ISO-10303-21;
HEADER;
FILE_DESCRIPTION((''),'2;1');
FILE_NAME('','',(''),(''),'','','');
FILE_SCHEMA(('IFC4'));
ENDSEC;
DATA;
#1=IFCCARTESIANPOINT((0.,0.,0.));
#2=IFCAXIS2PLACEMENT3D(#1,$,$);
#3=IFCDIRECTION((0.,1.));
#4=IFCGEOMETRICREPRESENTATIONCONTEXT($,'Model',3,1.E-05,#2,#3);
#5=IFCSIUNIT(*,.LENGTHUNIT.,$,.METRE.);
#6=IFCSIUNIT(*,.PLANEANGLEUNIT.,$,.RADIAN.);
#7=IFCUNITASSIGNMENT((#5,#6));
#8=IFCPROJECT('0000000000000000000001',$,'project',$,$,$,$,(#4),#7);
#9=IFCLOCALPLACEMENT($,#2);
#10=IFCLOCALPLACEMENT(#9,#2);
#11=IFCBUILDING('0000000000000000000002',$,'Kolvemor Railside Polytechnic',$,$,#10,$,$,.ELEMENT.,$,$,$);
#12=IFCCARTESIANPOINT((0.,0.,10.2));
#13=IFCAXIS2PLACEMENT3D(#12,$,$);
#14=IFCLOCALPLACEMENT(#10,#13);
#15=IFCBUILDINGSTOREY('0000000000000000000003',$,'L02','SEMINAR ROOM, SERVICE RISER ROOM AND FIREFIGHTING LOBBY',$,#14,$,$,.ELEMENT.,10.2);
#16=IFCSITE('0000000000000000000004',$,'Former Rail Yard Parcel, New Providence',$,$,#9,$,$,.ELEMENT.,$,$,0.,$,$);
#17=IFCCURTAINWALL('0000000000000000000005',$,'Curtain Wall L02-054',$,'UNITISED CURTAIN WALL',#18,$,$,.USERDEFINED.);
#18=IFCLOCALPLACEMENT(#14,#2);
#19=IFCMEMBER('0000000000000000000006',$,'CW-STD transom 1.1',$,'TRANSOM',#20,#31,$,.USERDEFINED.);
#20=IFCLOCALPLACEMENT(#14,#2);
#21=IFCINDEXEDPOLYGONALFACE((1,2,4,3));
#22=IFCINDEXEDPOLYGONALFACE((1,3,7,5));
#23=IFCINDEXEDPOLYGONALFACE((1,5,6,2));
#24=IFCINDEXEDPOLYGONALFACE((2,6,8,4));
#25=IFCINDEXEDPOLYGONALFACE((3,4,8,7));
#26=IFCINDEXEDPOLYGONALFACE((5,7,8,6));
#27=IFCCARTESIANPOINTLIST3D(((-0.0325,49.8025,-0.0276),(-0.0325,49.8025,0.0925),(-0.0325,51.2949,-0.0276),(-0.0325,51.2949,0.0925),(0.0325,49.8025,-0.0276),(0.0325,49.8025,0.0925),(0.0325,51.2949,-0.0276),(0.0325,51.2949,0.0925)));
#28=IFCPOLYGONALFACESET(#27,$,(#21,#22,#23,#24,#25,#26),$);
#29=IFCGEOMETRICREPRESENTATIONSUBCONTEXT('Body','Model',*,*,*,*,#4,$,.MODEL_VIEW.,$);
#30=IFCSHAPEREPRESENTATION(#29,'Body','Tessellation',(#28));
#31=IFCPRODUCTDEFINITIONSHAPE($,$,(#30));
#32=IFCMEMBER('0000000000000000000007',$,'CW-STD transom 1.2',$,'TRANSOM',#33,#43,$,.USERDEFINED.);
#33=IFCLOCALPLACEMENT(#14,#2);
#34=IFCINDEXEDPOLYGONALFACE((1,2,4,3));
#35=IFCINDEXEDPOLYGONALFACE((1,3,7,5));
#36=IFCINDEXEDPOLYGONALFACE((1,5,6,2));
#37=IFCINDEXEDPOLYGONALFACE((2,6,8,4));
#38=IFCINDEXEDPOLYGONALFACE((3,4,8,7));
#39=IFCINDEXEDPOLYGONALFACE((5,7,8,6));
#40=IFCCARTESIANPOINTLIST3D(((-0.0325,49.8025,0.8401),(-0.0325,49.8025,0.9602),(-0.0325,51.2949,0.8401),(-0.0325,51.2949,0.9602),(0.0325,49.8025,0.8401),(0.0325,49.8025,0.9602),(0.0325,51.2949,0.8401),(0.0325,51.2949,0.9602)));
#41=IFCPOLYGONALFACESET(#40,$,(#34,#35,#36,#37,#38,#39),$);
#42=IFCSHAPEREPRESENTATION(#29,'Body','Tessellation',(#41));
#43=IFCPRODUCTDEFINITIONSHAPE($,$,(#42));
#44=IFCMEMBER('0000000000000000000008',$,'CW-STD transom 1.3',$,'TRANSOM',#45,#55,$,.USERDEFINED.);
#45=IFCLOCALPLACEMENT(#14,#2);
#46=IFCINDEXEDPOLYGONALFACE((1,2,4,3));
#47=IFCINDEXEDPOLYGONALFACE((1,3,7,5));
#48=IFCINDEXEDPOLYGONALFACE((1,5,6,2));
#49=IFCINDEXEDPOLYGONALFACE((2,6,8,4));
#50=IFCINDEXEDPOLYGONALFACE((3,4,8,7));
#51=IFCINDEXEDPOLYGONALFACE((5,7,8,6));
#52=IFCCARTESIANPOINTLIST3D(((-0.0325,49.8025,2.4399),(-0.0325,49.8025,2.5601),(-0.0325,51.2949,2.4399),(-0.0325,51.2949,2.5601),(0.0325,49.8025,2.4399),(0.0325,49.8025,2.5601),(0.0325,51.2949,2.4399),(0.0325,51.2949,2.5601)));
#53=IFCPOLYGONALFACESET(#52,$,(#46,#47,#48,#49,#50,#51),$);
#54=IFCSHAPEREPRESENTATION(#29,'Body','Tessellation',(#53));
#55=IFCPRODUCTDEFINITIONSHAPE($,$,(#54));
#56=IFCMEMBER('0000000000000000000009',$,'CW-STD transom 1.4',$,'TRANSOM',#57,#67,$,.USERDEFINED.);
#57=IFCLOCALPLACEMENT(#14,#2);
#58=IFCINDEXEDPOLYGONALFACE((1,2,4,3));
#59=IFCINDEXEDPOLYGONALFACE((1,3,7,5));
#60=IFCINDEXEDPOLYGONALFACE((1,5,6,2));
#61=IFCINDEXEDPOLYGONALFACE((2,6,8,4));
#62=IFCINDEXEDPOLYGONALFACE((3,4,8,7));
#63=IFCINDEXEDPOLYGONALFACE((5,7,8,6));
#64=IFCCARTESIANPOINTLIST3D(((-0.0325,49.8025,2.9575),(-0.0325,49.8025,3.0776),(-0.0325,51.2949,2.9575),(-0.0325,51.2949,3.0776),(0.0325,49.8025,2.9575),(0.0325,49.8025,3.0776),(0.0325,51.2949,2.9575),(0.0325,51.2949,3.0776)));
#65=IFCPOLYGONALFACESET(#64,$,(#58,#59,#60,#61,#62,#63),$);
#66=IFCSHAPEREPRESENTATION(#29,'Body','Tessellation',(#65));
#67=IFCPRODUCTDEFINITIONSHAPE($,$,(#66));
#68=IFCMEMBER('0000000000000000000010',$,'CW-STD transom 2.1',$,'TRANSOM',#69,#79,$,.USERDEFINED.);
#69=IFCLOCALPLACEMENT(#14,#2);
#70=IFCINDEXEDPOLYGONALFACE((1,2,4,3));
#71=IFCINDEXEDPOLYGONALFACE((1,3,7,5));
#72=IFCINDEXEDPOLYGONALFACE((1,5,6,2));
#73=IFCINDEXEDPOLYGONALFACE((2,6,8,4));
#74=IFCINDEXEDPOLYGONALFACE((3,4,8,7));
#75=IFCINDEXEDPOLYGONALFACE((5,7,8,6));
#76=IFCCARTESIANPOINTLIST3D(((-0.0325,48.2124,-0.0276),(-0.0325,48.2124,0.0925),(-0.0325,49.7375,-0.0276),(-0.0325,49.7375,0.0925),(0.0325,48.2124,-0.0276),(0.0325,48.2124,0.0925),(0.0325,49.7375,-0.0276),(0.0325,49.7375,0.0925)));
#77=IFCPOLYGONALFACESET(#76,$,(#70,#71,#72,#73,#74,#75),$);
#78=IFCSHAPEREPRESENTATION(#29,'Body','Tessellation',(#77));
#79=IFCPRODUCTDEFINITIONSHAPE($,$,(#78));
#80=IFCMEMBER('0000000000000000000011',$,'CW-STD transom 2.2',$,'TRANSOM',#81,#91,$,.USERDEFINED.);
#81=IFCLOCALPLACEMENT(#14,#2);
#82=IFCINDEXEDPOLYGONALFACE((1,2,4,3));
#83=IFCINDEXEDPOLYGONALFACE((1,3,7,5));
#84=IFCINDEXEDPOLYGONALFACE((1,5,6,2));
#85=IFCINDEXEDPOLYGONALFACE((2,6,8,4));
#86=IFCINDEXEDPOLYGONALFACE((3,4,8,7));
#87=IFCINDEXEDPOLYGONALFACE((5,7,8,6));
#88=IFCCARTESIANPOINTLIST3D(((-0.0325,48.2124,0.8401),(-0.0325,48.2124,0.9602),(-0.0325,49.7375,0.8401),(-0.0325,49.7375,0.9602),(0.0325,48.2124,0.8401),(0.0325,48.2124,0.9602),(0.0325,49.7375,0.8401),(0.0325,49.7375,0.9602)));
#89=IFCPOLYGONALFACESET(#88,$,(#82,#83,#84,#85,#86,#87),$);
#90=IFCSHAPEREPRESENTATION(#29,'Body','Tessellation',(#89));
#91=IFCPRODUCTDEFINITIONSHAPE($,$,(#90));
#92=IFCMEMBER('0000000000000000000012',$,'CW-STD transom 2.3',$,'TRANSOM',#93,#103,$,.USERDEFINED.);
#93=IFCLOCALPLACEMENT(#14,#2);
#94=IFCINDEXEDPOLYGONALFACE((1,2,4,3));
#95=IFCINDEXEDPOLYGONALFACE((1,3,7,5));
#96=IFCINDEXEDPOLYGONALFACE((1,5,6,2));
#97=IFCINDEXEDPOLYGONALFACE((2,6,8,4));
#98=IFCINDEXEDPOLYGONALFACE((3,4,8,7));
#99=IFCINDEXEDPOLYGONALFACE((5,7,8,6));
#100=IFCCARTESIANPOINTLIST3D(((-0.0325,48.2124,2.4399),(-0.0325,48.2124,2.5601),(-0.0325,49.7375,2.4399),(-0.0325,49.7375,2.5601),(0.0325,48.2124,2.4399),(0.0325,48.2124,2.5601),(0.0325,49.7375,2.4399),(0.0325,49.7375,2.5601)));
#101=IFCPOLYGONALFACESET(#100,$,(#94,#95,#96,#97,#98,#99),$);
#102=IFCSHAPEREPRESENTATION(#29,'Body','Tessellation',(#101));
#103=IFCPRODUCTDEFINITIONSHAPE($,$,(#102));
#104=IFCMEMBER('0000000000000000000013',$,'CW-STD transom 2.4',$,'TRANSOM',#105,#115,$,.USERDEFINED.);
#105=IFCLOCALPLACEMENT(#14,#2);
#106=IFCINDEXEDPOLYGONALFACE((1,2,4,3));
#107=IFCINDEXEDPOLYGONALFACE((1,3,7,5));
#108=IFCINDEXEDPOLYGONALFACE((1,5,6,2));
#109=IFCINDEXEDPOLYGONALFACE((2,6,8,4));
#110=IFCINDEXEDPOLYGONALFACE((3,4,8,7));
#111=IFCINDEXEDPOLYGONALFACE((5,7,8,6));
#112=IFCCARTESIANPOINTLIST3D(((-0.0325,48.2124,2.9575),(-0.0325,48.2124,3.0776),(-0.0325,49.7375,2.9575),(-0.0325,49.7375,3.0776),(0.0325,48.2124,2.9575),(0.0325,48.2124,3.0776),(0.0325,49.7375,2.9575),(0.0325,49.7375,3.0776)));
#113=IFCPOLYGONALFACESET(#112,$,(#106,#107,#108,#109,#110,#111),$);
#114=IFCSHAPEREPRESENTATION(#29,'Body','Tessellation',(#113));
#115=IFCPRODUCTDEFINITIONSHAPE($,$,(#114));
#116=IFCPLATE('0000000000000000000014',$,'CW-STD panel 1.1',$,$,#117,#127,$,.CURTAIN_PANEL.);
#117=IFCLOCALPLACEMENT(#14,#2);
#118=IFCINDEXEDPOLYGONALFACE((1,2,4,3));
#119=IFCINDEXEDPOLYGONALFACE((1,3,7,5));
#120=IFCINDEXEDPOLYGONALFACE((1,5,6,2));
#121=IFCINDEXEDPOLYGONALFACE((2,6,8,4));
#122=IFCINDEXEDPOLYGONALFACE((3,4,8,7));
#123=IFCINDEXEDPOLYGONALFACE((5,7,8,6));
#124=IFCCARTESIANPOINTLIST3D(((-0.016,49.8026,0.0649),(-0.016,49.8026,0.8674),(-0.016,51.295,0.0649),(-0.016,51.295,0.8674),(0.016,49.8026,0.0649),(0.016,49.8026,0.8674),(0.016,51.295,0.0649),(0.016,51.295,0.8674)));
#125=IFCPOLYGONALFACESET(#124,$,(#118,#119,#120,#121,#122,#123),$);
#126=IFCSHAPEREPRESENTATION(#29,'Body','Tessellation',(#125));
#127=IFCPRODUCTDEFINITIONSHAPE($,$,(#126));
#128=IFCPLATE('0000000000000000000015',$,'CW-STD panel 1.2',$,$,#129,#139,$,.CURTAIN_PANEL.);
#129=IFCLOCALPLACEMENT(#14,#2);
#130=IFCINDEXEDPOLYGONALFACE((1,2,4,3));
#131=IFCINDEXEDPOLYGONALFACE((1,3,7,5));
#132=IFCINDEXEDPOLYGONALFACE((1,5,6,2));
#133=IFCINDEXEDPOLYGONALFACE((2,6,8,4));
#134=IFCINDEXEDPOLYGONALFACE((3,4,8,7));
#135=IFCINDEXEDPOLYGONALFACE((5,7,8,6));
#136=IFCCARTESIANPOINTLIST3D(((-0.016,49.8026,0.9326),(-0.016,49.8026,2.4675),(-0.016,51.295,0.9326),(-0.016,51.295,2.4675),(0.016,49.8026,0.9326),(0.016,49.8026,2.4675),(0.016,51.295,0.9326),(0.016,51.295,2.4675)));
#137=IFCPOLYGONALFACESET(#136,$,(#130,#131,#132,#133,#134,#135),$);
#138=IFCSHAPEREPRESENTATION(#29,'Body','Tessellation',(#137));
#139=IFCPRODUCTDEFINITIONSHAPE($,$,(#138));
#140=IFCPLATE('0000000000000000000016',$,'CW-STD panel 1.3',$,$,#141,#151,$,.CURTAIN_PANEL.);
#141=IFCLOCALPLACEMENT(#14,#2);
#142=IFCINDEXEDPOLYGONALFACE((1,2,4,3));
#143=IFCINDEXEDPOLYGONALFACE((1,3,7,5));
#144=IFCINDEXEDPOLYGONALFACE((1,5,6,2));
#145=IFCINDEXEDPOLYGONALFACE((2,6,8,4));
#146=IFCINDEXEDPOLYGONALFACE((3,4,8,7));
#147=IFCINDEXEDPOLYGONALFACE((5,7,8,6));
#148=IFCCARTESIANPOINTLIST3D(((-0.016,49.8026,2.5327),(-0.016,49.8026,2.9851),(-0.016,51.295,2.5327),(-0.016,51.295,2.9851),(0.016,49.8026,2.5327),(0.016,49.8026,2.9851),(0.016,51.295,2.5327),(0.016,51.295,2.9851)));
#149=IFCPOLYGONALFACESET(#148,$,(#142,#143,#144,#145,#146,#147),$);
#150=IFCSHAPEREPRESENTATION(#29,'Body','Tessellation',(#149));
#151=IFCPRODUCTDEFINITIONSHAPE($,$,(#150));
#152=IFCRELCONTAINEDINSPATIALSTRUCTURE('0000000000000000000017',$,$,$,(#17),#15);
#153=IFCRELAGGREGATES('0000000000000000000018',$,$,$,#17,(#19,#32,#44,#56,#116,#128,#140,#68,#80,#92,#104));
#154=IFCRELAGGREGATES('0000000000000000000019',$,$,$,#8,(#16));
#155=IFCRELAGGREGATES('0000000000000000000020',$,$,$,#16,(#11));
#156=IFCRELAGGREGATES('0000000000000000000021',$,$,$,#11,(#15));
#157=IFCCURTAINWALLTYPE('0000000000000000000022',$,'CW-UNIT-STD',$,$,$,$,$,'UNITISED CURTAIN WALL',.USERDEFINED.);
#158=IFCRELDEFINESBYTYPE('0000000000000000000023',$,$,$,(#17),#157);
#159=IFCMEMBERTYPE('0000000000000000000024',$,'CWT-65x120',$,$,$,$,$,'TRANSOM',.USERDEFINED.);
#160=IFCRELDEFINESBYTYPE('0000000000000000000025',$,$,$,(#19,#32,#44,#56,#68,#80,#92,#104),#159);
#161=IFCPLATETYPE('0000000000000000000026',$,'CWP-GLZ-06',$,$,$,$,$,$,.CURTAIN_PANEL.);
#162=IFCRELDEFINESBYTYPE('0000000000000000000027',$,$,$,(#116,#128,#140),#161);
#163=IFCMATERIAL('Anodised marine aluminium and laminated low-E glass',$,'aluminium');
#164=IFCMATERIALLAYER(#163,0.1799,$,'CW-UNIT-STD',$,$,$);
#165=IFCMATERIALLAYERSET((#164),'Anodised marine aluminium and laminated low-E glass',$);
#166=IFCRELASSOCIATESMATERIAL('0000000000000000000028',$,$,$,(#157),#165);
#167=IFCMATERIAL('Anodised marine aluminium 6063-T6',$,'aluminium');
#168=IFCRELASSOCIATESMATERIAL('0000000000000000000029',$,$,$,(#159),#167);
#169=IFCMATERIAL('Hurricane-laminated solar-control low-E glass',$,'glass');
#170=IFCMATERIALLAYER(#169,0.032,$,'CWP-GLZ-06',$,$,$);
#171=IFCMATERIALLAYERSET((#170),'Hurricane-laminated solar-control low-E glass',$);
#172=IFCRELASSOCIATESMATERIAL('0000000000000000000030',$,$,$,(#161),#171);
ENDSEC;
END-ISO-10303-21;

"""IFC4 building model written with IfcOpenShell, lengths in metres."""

from ifc_helpers import new_model, si_unit, direction, frame, origin, origin_2d, place, context, subcontext, project, spatial, rectangle, extrude, material, layer, layer_set, material_profile, profile_set, type_object, element, aggregate, save


model = new_model("IFC4")

# Units and contexts
model_context = context("Model", 3, precision=1e-05, world=origin(), true_north=direction((0.0, 1.0)))
body_context = subcontext(model_context, "Body", "Model", "MODEL_VIEW")
ifc_project = project(units=[si_unit("LENGTHUNIT", "METRE"), si_unit("PLANEANGLEUNIT", "RADIAN")], contexts=[model_context])

# Site, building, storey
site_placement = place(None, origin())
site = spatial("IfcSite", under=ifc_project, at=site_placement, Name="Former Rail Yard Parcel, New Providence", CompositionType="ELEMENT", RefElevation=0.0)
building_placement = place(site_placement, origin())
building = spatial("IfcBuilding", under=site, at=building_placement, Name="Kolvemor Railside Polytechnic", CompositionType="ELEMENT")
storey_placement = place(building_placement, frame((0.0, 0.0, 10.2)))
storey = spatial("IfcBuildingStorey", under=building, at=storey_placement, Name="L02", Description="SEMINAR ROOM, SERVICE RISER ROOM AND FIREFIGHTING LOBBY", CompositionType="ELEMENT", Elevation=10.2)

# Curtain wall, members, plates
ifc_material_1 = material(Name="Anodised marine aluminium and laminated low-E glass", Category="aluminium")
ifc_layer_1 = layer(ifc_material_1, 0.1799, Name="CW-UNIT-STD")
ifc_layer_set_1 = layer_set([ifc_layer_1], Name="Anodised marine aluminium and laminated low-E glass")
curtain_wall_type = type_object("IfcCurtainWallType", Name="CW-UNIT-STD", ElementType="UNITISED CURTAIN WALL", PredefinedType="USERDEFINED", material=ifc_layer_set_1)
curtain_wall_placement = place(storey_placement, origin())
curtain_wall = element("IfcCurtainWall", 1, at=curtain_wall_placement, inside=storey, type_object=curtain_wall_type, Name="Curtain Wall L02-054", ObjectType="UNITISED CURTAIN WALL", PredefinedType="USERDEFINED")
ifc_material_2 = material(Name="Anodised marine aluminium 6063-T6", Category="aluminium")
ifc_material_profile_1 = material_profile(ifc_material_2, rectangle(XDim=0.0649, YDim=0.1201, at=origin_2d()), Name="CW-TRN-65x120")
ifc_profile_set_1 = profile_set([ifc_material_profile_1], Name="Anodised marine aluminium 6063-T6")
member_type_1 = type_object("IfcMemberType", Name="CWT-65x120", ElementType="TRANSOM", PredefinedType="USERDEFINED", material=ifc_profile_set_1)
member_1_placement = place(storey_placement, frame((0.0, 51.2949, 0.0325), z_axis=(0.0, -1.0, 0.0), x_axis=(1.0, 0.0, 0.0)))
member_1 = element("IfcMember", 2, at=member_1_placement, type_object=member_type_1, Name="CW-STD transom 1.1", ObjectType="TRANSOM", PredefinedType="USERDEFINED", context=body_context, shape_type="SweptSolid", body=[
    extrude(rectangle(XDim=0.0649, YDim=0.1201, at=origin_2d()), origin(), (0.0, 0.0, 1.0), 1.4924),
])
member_2_placement = place(storey_placement, frame((0.0, 51.2949, 0.9001), z_axis=(0.0, -1.0, 0.0), x_axis=(1.0, 0.0, 0.0)))
member_2 = element("IfcMember", 3, at=member_2_placement, type_object=member_type_1, Name="CW-STD transom 1.2", ObjectType="TRANSOM", PredefinedType="USERDEFINED", context=body_context, shape_type="SweptSolid", body=[
    extrude(rectangle(XDim=0.0649, YDim=0.1201, at=origin_2d()), origin(), (0.0, 0.0, 1.0), 1.4924),
])
member_3_placement = place(storey_placement, frame((0.0, 51.2949, 2.5), z_axis=(0.0, -1.0, 0.0), x_axis=(1.0, 0.0, 0.0)))
member_3 = element("IfcMember", 4, at=member_3_placement, type_object=member_type_1, Name="CW-STD transom 1.3", ObjectType="TRANSOM", PredefinedType="USERDEFINED", context=body_context, shape_type="SweptSolid", body=[
    extrude(rectangle(XDim=0.0649, YDim=0.1201, at=origin_2d()), origin(), (0.0, 0.0, 1.0), 1.4924),
])
member_4_placement = place(storey_placement, frame((0.0, 51.2949, 3.0176), z_axis=(0.0, -1.0, 0.0), x_axis=(1.0, 0.0, 0.0)))
member_4 = element("IfcMember", 5, at=member_4_placement, type_object=member_type_1, Name="CW-STD transom 1.4", ObjectType="TRANSOM", PredefinedType="USERDEFINED", context=body_context, shape_type="SweptSolid", body=[
    extrude(rectangle(XDim=0.0649, YDim=0.1201, at=origin_2d()), origin(), (0.0, 0.0, 1.0), 1.4924),
])
member_5_placement = place(storey_placement, frame((0.0, 49.7375, 0.0325), z_axis=(0.0, -1.0, 0.0), x_axis=(1.0, 0.0, 0.0)))
member_5 = element("IfcMember", 6, at=member_5_placement, type_object=member_type_1, Name="CW-STD transom 2.1", ObjectType="TRANSOM", PredefinedType="USERDEFINED", context=body_context, shape_type="SweptSolid", body=[
    extrude(rectangle(XDim=0.0649, YDim=0.1201, at=origin_2d()), origin(), (0.0, 0.0, 1.0), 1.5251),
])
member_6_placement = place(storey_placement, frame((0.0, 49.7375, 0.9001), z_axis=(0.0, -1.0, 0.0), x_axis=(1.0, 0.0, 0.0)))
member_6 = element("IfcMember", 7, at=member_6_placement, type_object=member_type_1, Name="CW-STD transom 2.2", ObjectType="TRANSOM", PredefinedType="USERDEFINED", context=body_context, shape_type="SweptSolid", body=[
    extrude(rectangle(XDim=0.0649, YDim=0.1201, at=origin_2d()), origin(), (0.0, 0.0, 1.0), 1.5251),
])
member_7_placement = place(storey_placement, frame((0.0, 49.7375, 2.5), z_axis=(0.0, -1.0, 0.0), x_axis=(1.0, 0.0, 0.0)))
member_7 = element("IfcMember", 8, at=member_7_placement, type_object=member_type_1, Name="CW-STD transom 2.3", ObjectType="TRANSOM", PredefinedType="USERDEFINED", context=body_context, shape_type="SweptSolid", body=[
    extrude(rectangle(XDim=0.0649, YDim=0.1201, at=origin_2d()), origin(), (0.0, 0.0, 1.0), 1.5251),
])
member_8_placement = place(storey_placement, frame((0.0, 49.7375, 3.0176), z_axis=(0.0, -1.0, 0.0), x_axis=(1.0, 0.0, 0.0)))
member_8 = element("IfcMember", 9, at=member_8_placement, type_object=member_type_1, Name="CW-STD transom 2.4", ObjectType="TRANSOM", PredefinedType="USERDEFINED", context=body_context, shape_type="SweptSolid", body=[
    extrude(rectangle(XDim=0.0649, YDim=0.1201, at=origin_2d()), origin(), (0.0, 0.0, 1.0), 1.5251),
])
ifc_material_3 = material(Name="Hurricane-laminated solar-control low-E glass", Category="glass")
ifc_layer_2 = layer(ifc_material_3, 0.032, Name="CWP-GLZ-06")
ifc_layer_set_2 = layer_set([ifc_layer_2], Name="Hurricane-laminated solar-control low-E glass")
plate_type = type_object("IfcPlateType", Name="CWP-GLZ-06", PredefinedType="CURTAIN_PANEL", material=ifc_layer_set_2)
plate_1_placement = place(storey_placement, frame((0.0, 50.5488, 0.0649), z_axis=(0.0, 0.0, 1.0), x_axis=(0.0, -1.0, 0.0)))
plate_1 = element("IfcPlate", 10, at=plate_1_placement, type_object=plate_type, Name="CW-STD panel 1.1", PredefinedType="CURTAIN_PANEL", context=body_context, shape_type="SweptSolid", body=[
    extrude(rectangle(XDim=1.4924, YDim=0.032, at=origin_2d()), origin(), (0.0, 0.0, 1.0), 0.8025),
])
plate_2_placement = place(storey_placement, frame((0.0, 50.5488, 0.9326), z_axis=(0.0, 0.0, 1.0), x_axis=(0.0, -1.0, 0.0)))
plate_2 = element("IfcPlate", 11, at=plate_2_placement, type_object=plate_type, Name="CW-STD panel 1.2", PredefinedType="CURTAIN_PANEL", context=body_context, shape_type="SweptSolid", body=[
    extrude(rectangle(XDim=1.4924, YDim=0.032, at=origin_2d()), origin(), (0.0, 0.0, 1.0), 1.5349),
])
plate_3_placement = place(storey_placement, frame((0.0, 50.5488, 2.5327), z_axis=(0.0, 0.0, 1.0), x_axis=(0.0, -1.0, 0.0)))
plate_3 = element("IfcPlate", 12, at=plate_3_placement, type_object=plate_type, Name="CW-STD panel 1.3", PredefinedType="CURTAIN_PANEL", context=body_context, shape_type="SweptSolid", body=[
    extrude(rectangle(XDim=1.4924, YDim=0.032, at=origin_2d()), origin(), (0.0, 0.0, 1.0), 0.4524),
])
aggregate(curtain_wall, [member_1, member_2, member_3, member_4, plate_1, plate_2, plate_3, member_5, member_6, member_7, member_8])

save(model, "model.ifc")
